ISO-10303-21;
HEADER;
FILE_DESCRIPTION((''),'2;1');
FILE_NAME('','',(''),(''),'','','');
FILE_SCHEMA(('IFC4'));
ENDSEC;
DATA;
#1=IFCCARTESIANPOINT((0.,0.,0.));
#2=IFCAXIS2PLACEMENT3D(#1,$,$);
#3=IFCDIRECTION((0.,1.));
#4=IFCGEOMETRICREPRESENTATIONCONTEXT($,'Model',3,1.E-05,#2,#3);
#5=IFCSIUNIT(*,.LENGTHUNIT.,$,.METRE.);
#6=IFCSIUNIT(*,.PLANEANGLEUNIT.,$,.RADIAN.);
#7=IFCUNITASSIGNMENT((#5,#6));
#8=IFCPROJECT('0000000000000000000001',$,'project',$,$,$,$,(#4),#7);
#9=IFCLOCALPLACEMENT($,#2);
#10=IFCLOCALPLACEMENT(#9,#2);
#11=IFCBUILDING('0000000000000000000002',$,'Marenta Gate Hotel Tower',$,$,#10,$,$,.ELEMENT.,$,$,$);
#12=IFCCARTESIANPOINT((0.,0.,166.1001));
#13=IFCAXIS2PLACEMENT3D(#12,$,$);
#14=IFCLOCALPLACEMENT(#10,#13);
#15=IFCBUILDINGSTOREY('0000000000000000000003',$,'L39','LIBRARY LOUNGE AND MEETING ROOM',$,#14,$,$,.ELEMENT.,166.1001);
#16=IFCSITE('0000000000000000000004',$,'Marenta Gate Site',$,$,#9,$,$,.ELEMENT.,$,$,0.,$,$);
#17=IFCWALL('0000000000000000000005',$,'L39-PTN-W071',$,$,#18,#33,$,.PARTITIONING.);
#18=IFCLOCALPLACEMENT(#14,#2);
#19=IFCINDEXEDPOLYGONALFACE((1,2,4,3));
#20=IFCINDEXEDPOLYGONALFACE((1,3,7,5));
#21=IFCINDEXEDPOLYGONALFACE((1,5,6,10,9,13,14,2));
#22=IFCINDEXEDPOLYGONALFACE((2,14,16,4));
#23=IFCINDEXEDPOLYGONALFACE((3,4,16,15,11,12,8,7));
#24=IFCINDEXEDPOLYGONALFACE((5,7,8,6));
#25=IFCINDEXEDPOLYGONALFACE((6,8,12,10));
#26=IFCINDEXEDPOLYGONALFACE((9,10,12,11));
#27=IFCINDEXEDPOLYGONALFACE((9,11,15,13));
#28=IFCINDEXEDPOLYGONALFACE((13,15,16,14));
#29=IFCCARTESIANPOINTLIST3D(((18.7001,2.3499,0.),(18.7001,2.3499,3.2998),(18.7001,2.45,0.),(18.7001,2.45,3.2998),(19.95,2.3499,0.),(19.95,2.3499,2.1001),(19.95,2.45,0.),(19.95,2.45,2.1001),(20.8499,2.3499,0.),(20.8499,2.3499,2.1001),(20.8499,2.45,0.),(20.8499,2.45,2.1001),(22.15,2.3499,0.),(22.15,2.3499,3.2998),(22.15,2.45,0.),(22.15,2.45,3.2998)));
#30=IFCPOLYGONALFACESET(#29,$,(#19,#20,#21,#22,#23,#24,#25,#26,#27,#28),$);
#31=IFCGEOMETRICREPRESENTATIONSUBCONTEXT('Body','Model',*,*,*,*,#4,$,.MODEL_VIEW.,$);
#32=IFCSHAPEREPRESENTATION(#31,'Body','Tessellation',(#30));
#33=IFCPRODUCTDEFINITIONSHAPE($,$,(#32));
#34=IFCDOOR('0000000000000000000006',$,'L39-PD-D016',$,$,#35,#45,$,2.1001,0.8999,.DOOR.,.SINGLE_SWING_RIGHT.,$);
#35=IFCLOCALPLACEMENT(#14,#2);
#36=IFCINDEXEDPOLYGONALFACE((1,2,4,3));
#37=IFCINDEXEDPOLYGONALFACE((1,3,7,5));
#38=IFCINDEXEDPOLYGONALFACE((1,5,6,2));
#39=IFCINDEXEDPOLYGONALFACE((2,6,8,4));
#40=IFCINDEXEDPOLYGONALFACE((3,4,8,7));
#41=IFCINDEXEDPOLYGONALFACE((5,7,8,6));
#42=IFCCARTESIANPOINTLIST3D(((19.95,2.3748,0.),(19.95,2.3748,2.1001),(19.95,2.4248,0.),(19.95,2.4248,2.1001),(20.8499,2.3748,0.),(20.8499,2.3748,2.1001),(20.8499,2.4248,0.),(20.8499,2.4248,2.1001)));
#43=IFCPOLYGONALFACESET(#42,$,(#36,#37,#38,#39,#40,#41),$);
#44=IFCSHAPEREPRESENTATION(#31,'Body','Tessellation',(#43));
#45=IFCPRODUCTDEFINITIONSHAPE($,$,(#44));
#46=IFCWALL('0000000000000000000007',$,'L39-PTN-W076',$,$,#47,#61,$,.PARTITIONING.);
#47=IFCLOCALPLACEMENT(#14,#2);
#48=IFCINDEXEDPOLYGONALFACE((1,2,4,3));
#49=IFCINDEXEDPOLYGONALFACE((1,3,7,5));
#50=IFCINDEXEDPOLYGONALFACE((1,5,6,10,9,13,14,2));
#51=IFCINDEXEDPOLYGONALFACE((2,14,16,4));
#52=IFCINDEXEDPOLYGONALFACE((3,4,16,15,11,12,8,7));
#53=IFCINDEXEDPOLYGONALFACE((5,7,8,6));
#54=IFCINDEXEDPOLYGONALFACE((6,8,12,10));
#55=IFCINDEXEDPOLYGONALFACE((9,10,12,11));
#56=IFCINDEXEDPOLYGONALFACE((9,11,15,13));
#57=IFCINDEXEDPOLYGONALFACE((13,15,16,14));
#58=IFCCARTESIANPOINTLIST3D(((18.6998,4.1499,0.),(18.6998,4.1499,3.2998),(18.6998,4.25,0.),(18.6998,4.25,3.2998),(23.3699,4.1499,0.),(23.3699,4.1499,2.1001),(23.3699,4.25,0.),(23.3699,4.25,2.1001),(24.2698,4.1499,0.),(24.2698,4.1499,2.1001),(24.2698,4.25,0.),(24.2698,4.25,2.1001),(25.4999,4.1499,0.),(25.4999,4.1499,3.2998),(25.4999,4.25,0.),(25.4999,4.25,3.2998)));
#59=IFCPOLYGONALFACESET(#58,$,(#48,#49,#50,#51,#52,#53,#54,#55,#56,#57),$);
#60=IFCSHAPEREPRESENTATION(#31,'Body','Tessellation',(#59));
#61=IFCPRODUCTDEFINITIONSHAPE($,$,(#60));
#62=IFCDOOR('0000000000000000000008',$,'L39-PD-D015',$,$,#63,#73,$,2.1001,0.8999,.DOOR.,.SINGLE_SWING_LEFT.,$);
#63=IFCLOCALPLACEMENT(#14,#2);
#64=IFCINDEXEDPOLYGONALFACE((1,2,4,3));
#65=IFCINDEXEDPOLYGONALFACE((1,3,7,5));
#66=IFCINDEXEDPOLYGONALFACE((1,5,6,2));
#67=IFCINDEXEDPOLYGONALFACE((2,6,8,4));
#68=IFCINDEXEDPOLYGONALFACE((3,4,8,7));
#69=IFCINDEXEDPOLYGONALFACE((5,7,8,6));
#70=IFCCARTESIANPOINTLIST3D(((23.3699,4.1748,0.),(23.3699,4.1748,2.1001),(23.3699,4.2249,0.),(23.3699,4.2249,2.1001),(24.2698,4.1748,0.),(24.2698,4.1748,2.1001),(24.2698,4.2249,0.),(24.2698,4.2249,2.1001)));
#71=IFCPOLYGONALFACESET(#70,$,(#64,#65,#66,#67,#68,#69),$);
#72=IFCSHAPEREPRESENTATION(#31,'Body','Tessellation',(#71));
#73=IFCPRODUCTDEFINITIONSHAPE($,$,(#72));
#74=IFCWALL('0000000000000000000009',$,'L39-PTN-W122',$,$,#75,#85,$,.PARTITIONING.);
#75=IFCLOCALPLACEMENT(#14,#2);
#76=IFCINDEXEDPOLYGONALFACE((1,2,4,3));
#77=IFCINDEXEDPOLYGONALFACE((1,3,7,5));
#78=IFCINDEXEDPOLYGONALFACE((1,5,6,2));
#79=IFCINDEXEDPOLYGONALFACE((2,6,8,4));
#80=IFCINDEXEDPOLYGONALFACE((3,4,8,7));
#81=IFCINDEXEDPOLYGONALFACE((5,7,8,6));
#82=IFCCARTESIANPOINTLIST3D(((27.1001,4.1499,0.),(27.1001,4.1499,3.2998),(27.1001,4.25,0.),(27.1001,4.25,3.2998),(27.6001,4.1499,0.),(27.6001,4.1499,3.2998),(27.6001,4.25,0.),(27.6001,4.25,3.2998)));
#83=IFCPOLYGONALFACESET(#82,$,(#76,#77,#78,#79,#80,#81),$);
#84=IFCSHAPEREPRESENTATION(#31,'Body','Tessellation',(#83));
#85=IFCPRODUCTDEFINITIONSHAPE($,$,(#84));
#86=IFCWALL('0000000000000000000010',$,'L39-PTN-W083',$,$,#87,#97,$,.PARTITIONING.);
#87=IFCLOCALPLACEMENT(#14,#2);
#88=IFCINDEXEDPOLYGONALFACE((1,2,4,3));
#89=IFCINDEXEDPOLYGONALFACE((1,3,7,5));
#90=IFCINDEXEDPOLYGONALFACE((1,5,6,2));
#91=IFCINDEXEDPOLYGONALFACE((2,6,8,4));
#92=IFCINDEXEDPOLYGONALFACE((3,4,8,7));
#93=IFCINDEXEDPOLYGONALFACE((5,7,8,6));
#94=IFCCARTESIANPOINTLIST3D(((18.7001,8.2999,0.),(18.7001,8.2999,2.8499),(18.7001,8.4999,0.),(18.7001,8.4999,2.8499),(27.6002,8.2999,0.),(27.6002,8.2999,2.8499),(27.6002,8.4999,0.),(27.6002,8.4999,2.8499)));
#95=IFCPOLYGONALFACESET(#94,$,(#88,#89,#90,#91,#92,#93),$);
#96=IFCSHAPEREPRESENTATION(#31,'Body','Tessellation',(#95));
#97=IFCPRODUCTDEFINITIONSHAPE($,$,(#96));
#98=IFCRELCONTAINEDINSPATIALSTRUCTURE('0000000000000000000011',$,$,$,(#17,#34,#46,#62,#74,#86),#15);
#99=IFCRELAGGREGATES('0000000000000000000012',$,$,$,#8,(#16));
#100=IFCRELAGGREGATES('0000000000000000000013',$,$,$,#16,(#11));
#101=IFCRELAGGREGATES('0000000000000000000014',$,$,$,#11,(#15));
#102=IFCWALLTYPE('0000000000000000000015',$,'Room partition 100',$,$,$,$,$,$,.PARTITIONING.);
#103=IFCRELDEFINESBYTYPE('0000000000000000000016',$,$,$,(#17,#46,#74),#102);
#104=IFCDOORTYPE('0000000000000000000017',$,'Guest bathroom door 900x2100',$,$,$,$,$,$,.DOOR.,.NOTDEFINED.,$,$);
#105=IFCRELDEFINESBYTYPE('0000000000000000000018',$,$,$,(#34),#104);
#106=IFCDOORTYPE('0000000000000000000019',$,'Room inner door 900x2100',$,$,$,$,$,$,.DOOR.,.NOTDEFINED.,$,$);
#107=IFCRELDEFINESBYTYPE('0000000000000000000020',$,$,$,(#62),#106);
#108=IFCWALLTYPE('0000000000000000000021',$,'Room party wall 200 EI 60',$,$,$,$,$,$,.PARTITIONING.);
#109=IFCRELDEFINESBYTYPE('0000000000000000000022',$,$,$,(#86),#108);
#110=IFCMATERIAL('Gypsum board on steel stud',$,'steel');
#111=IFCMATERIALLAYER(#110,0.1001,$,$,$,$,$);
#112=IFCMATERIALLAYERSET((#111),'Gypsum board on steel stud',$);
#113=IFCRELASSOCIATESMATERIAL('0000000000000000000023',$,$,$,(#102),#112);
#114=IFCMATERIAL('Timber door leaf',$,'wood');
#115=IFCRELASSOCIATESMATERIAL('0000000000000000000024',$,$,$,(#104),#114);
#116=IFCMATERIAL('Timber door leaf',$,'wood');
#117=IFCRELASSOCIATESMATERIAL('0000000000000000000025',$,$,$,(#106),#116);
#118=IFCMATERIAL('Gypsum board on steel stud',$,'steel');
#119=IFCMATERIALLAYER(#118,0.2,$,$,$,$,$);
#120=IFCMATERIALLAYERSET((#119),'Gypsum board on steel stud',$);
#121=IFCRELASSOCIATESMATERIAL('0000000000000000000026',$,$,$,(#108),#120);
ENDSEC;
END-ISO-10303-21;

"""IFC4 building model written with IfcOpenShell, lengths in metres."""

from ifc_helpers import new_model, si_unit, direction, frame, frame_2d, origin, place, context, subcontext, project, spatial, rectangle, extrude, material, layer, layer_set, type_object, element, fill, save


model = new_model("IFC4")

# Units and contexts
model_context = context("Model", 3, precision=1e-05, world=origin(), true_north=direction((0.0, 1.0)))
body_context = subcontext(model_context, "Body", "Model", "MODEL_VIEW")
ifc_project = project(units=[si_unit("LENGTHUNIT", "METRE"), si_unit("PLANEANGLEUNIT", "RADIAN")], contexts=[model_context])

# Site, building, storey
site_placement = place(None, origin())
site = spatial("IfcSite", under=ifc_project, at=site_placement, Name="Marenta Gate Site", CompositionType="ELEMENT", RefElevation=0.0)
building_placement = place(site_placement, origin())
building = spatial("IfcBuilding", under=site, at=building_placement, Name="Marenta Gate Hotel Tower", CompositionType="ELEMENT")
storey_placement = place(building_placement, frame((0.0, 0.0, 166.1001)))
storey = spatial("IfcBuildingStorey", under=building, at=storey_placement, Name="L39", Description="LIBRARY LOUNGE AND MEETING ROOM", CompositionType="ELEMENT", Elevation=166.1001)

# Shared definitions
ifc_material_1 = material(Name="Gypsum board on steel stud", Category="steel")
ifc_layer_1 = layer(ifc_material_1, 0.1001)
ifc_layer_set_1 = layer_set([ifc_layer_1], Name="Gypsum board on steel stud")
wall_type_1 = type_object("IfcWallType", Name="Room partition 100", PredefinedType="PARTITIONING", material=ifc_layer_set_1)

# Walls, openings, doors
wall_1_placement = place(storey_placement, frame((18.7, 2.3999, 0.0), z_axis=(0.0, 0.0, 1.0), x_axis=(1.0, 0.0, 0.0)))
wall_1 = element("IfcWall", 1, at=wall_1_placement, inside=storey, type_object=wall_type_1, Name="L39-PTN-W071", PredefinedType="PARTITIONING", context=body_context, shape_type="SweptSolid", body=[
    extrude(rectangle(XDim=3.45, YDim=0.1001, at=frame_2d((1.7251, 0.0))), origin(), (0.0, 0.0, 1.0), 3.2998),
])
opening_1_placement = place(wall_1_placement, frame((1.25, 0.0, 0.0)))
opening_1 = element("IfcOpeningElement", 2, at=opening_1_placement, cuts=wall_1, PredefinedType="OPENING", context=body_context, shape_type="SweptSolid", body=[
    extrude(rectangle(XDim=0.8999, YDim=2.1001, at=frame_2d((0.45, 1.05))), frame((0.0, 0.05, 0.0), z_axis=(0.0, -1.0, 0.0), x_axis=(1.0, 0.0, 0.0)), (0.0, 0.0, 1.0), 0.1001),
])
ifc_material_2 = material(Name="Timber door leaf", Category="wood")
door_type_1 = type_object("IfcDoorType", Name="Guest bathroom door 900x2100", OperationType="NOTDEFINED", PredefinedType="DOOR", material=ifc_material_2)
door_1_placement = place(opening_1_placement, origin())
door_1 = element("IfcDoor", 3, at=door_1_placement, inside=storey, type_object=door_type_1, Name="L39-PD-D016", OperationType="SINGLE_SWING_RIGHT", OverallHeight=2.1001, OverallWidth=0.8999, PredefinedType="DOOR", context=body_context, shape_type="SweptSolid", body=[
    extrude(rectangle(XDim=0.8999, YDim=2.1001, at=frame_2d((0.45, 1.05))), frame((0.0, 0.0249, 0.0), z_axis=(0.0, -1.0, 0.0), x_axis=(1.0, 0.0, 0.0)), (0.0, 0.0, 1.0), 0.05),
])
fill(opening_1, door_1)
wall_2_placement = place(storey_placement, frame((18.7, 4.2, 0.0), z_axis=(0.0, 0.0, 1.0), x_axis=(1.0, 0.0, 0.0)))
wall_2 = element("IfcWall", 4, at=wall_2_placement, inside=storey, type_object=wall_type_1, Name="L39-PTN-W076", PredefinedType="PARTITIONING", context=body_context, shape_type="SweptSolid", body=[
    extrude(rectangle(XDim=6.8, YDim=0.1001, at=frame_2d((3.3999, 0.0))), origin(), (0.0, 0.0, 1.0), 3.2998),
])
opening_2_placement = place(wall_2_placement, frame((4.6699, 0.0, 0.0)))
opening_2 = element("IfcOpeningElement", 5, at=opening_2_placement, cuts=wall_2, PredefinedType="OPENING", context=body_context, shape_type="SweptSolid", body=[
    extrude(rectangle(XDim=0.8999, YDim=2.1001, at=frame_2d((0.45, 1.05))), frame((0.0, 0.05, 0.0), z_axis=(0.0, -1.0, 0.0), x_axis=(1.0, 0.0, 0.0)), (0.0, 0.0, 1.0), 0.1001),
])
ifc_material_3 = material(Name="Timber door leaf", Category="wood")
door_type_2 = type_object("IfcDoorType", Name="Room inner door 900x2100", OperationType="NOTDEFINED", PredefinedType="DOOR", material=ifc_material_3)
door_2_placement = place(opening_2_placement, origin())
door_2 = element("IfcDoor", 6, at=door_2_placement, inside=storey, type_object=door_type_2, Name="L39-PD-D015", OperationType="SINGLE_SWING_LEFT", OverallHeight=2.1001, OverallWidth=0.8999, PredefinedType="DOOR", context=body_context, shape_type="SweptSolid", body=[
    extrude(rectangle(XDim=0.8999, YDim=2.1001, at=frame_2d((0.45, 1.05))), frame((0.0, 0.0249, 0.0), z_axis=(0.0, -1.0, 0.0), x_axis=(1.0, 0.0, 0.0)), (0.0, 0.0, 1.0), 0.05),
])
fill(opening_2, door_2)

# Walls
wall_3_placement = place(storey_placement, frame((27.1001, 4.2, 0.0), z_axis=(0.0, 0.0, 1.0), x_axis=(1.0, 0.0, 0.0)))
element("IfcWall", 7, at=wall_3_placement, inside=storey, type_object=wall_type_1, Name="L39-PTN-W122", PredefinedType="PARTITIONING", context=body_context, shape_type="SweptSolid", body=[
    extrude(rectangle(XDim=0.5, YDim=0.1001, at=frame_2d((0.25, 0.0))), origin(), (0.0, 0.0, 1.0), 3.2998),
])
ifc_material_4 = material(Name="Gypsum board on steel stud", Category="steel")
ifc_layer_2 = layer(ifc_material_4, 0.2)
ifc_layer_set_2 = layer_set([ifc_layer_2], Name="Gypsum board on steel stud")
wall_type_2 = type_object("IfcWallType", Name="Room party wall 200 EI 60", PredefinedType="PARTITIONING", material=ifc_layer_set_2)
wall_4_placement = place(storey_placement, frame((18.7, 8.3999, 0.0), z_axis=(0.0, 0.0, 1.0), x_axis=(1.0, 0.0, 0.0)))
element("IfcWall", 8, at=wall_4_placement, inside=storey, type_object=wall_type_2, Name="L39-PTN-W083", PredefinedType="PARTITIONING", context=body_context, shape_type="SweptSolid", body=[
    extrude(rectangle(XDim=8.9001, YDim=0.2, at=frame_2d((4.4502, 0.0))), origin(), (0.0, 0.0, 1.0), 2.8499),
])

save(model, "model.ifc")
